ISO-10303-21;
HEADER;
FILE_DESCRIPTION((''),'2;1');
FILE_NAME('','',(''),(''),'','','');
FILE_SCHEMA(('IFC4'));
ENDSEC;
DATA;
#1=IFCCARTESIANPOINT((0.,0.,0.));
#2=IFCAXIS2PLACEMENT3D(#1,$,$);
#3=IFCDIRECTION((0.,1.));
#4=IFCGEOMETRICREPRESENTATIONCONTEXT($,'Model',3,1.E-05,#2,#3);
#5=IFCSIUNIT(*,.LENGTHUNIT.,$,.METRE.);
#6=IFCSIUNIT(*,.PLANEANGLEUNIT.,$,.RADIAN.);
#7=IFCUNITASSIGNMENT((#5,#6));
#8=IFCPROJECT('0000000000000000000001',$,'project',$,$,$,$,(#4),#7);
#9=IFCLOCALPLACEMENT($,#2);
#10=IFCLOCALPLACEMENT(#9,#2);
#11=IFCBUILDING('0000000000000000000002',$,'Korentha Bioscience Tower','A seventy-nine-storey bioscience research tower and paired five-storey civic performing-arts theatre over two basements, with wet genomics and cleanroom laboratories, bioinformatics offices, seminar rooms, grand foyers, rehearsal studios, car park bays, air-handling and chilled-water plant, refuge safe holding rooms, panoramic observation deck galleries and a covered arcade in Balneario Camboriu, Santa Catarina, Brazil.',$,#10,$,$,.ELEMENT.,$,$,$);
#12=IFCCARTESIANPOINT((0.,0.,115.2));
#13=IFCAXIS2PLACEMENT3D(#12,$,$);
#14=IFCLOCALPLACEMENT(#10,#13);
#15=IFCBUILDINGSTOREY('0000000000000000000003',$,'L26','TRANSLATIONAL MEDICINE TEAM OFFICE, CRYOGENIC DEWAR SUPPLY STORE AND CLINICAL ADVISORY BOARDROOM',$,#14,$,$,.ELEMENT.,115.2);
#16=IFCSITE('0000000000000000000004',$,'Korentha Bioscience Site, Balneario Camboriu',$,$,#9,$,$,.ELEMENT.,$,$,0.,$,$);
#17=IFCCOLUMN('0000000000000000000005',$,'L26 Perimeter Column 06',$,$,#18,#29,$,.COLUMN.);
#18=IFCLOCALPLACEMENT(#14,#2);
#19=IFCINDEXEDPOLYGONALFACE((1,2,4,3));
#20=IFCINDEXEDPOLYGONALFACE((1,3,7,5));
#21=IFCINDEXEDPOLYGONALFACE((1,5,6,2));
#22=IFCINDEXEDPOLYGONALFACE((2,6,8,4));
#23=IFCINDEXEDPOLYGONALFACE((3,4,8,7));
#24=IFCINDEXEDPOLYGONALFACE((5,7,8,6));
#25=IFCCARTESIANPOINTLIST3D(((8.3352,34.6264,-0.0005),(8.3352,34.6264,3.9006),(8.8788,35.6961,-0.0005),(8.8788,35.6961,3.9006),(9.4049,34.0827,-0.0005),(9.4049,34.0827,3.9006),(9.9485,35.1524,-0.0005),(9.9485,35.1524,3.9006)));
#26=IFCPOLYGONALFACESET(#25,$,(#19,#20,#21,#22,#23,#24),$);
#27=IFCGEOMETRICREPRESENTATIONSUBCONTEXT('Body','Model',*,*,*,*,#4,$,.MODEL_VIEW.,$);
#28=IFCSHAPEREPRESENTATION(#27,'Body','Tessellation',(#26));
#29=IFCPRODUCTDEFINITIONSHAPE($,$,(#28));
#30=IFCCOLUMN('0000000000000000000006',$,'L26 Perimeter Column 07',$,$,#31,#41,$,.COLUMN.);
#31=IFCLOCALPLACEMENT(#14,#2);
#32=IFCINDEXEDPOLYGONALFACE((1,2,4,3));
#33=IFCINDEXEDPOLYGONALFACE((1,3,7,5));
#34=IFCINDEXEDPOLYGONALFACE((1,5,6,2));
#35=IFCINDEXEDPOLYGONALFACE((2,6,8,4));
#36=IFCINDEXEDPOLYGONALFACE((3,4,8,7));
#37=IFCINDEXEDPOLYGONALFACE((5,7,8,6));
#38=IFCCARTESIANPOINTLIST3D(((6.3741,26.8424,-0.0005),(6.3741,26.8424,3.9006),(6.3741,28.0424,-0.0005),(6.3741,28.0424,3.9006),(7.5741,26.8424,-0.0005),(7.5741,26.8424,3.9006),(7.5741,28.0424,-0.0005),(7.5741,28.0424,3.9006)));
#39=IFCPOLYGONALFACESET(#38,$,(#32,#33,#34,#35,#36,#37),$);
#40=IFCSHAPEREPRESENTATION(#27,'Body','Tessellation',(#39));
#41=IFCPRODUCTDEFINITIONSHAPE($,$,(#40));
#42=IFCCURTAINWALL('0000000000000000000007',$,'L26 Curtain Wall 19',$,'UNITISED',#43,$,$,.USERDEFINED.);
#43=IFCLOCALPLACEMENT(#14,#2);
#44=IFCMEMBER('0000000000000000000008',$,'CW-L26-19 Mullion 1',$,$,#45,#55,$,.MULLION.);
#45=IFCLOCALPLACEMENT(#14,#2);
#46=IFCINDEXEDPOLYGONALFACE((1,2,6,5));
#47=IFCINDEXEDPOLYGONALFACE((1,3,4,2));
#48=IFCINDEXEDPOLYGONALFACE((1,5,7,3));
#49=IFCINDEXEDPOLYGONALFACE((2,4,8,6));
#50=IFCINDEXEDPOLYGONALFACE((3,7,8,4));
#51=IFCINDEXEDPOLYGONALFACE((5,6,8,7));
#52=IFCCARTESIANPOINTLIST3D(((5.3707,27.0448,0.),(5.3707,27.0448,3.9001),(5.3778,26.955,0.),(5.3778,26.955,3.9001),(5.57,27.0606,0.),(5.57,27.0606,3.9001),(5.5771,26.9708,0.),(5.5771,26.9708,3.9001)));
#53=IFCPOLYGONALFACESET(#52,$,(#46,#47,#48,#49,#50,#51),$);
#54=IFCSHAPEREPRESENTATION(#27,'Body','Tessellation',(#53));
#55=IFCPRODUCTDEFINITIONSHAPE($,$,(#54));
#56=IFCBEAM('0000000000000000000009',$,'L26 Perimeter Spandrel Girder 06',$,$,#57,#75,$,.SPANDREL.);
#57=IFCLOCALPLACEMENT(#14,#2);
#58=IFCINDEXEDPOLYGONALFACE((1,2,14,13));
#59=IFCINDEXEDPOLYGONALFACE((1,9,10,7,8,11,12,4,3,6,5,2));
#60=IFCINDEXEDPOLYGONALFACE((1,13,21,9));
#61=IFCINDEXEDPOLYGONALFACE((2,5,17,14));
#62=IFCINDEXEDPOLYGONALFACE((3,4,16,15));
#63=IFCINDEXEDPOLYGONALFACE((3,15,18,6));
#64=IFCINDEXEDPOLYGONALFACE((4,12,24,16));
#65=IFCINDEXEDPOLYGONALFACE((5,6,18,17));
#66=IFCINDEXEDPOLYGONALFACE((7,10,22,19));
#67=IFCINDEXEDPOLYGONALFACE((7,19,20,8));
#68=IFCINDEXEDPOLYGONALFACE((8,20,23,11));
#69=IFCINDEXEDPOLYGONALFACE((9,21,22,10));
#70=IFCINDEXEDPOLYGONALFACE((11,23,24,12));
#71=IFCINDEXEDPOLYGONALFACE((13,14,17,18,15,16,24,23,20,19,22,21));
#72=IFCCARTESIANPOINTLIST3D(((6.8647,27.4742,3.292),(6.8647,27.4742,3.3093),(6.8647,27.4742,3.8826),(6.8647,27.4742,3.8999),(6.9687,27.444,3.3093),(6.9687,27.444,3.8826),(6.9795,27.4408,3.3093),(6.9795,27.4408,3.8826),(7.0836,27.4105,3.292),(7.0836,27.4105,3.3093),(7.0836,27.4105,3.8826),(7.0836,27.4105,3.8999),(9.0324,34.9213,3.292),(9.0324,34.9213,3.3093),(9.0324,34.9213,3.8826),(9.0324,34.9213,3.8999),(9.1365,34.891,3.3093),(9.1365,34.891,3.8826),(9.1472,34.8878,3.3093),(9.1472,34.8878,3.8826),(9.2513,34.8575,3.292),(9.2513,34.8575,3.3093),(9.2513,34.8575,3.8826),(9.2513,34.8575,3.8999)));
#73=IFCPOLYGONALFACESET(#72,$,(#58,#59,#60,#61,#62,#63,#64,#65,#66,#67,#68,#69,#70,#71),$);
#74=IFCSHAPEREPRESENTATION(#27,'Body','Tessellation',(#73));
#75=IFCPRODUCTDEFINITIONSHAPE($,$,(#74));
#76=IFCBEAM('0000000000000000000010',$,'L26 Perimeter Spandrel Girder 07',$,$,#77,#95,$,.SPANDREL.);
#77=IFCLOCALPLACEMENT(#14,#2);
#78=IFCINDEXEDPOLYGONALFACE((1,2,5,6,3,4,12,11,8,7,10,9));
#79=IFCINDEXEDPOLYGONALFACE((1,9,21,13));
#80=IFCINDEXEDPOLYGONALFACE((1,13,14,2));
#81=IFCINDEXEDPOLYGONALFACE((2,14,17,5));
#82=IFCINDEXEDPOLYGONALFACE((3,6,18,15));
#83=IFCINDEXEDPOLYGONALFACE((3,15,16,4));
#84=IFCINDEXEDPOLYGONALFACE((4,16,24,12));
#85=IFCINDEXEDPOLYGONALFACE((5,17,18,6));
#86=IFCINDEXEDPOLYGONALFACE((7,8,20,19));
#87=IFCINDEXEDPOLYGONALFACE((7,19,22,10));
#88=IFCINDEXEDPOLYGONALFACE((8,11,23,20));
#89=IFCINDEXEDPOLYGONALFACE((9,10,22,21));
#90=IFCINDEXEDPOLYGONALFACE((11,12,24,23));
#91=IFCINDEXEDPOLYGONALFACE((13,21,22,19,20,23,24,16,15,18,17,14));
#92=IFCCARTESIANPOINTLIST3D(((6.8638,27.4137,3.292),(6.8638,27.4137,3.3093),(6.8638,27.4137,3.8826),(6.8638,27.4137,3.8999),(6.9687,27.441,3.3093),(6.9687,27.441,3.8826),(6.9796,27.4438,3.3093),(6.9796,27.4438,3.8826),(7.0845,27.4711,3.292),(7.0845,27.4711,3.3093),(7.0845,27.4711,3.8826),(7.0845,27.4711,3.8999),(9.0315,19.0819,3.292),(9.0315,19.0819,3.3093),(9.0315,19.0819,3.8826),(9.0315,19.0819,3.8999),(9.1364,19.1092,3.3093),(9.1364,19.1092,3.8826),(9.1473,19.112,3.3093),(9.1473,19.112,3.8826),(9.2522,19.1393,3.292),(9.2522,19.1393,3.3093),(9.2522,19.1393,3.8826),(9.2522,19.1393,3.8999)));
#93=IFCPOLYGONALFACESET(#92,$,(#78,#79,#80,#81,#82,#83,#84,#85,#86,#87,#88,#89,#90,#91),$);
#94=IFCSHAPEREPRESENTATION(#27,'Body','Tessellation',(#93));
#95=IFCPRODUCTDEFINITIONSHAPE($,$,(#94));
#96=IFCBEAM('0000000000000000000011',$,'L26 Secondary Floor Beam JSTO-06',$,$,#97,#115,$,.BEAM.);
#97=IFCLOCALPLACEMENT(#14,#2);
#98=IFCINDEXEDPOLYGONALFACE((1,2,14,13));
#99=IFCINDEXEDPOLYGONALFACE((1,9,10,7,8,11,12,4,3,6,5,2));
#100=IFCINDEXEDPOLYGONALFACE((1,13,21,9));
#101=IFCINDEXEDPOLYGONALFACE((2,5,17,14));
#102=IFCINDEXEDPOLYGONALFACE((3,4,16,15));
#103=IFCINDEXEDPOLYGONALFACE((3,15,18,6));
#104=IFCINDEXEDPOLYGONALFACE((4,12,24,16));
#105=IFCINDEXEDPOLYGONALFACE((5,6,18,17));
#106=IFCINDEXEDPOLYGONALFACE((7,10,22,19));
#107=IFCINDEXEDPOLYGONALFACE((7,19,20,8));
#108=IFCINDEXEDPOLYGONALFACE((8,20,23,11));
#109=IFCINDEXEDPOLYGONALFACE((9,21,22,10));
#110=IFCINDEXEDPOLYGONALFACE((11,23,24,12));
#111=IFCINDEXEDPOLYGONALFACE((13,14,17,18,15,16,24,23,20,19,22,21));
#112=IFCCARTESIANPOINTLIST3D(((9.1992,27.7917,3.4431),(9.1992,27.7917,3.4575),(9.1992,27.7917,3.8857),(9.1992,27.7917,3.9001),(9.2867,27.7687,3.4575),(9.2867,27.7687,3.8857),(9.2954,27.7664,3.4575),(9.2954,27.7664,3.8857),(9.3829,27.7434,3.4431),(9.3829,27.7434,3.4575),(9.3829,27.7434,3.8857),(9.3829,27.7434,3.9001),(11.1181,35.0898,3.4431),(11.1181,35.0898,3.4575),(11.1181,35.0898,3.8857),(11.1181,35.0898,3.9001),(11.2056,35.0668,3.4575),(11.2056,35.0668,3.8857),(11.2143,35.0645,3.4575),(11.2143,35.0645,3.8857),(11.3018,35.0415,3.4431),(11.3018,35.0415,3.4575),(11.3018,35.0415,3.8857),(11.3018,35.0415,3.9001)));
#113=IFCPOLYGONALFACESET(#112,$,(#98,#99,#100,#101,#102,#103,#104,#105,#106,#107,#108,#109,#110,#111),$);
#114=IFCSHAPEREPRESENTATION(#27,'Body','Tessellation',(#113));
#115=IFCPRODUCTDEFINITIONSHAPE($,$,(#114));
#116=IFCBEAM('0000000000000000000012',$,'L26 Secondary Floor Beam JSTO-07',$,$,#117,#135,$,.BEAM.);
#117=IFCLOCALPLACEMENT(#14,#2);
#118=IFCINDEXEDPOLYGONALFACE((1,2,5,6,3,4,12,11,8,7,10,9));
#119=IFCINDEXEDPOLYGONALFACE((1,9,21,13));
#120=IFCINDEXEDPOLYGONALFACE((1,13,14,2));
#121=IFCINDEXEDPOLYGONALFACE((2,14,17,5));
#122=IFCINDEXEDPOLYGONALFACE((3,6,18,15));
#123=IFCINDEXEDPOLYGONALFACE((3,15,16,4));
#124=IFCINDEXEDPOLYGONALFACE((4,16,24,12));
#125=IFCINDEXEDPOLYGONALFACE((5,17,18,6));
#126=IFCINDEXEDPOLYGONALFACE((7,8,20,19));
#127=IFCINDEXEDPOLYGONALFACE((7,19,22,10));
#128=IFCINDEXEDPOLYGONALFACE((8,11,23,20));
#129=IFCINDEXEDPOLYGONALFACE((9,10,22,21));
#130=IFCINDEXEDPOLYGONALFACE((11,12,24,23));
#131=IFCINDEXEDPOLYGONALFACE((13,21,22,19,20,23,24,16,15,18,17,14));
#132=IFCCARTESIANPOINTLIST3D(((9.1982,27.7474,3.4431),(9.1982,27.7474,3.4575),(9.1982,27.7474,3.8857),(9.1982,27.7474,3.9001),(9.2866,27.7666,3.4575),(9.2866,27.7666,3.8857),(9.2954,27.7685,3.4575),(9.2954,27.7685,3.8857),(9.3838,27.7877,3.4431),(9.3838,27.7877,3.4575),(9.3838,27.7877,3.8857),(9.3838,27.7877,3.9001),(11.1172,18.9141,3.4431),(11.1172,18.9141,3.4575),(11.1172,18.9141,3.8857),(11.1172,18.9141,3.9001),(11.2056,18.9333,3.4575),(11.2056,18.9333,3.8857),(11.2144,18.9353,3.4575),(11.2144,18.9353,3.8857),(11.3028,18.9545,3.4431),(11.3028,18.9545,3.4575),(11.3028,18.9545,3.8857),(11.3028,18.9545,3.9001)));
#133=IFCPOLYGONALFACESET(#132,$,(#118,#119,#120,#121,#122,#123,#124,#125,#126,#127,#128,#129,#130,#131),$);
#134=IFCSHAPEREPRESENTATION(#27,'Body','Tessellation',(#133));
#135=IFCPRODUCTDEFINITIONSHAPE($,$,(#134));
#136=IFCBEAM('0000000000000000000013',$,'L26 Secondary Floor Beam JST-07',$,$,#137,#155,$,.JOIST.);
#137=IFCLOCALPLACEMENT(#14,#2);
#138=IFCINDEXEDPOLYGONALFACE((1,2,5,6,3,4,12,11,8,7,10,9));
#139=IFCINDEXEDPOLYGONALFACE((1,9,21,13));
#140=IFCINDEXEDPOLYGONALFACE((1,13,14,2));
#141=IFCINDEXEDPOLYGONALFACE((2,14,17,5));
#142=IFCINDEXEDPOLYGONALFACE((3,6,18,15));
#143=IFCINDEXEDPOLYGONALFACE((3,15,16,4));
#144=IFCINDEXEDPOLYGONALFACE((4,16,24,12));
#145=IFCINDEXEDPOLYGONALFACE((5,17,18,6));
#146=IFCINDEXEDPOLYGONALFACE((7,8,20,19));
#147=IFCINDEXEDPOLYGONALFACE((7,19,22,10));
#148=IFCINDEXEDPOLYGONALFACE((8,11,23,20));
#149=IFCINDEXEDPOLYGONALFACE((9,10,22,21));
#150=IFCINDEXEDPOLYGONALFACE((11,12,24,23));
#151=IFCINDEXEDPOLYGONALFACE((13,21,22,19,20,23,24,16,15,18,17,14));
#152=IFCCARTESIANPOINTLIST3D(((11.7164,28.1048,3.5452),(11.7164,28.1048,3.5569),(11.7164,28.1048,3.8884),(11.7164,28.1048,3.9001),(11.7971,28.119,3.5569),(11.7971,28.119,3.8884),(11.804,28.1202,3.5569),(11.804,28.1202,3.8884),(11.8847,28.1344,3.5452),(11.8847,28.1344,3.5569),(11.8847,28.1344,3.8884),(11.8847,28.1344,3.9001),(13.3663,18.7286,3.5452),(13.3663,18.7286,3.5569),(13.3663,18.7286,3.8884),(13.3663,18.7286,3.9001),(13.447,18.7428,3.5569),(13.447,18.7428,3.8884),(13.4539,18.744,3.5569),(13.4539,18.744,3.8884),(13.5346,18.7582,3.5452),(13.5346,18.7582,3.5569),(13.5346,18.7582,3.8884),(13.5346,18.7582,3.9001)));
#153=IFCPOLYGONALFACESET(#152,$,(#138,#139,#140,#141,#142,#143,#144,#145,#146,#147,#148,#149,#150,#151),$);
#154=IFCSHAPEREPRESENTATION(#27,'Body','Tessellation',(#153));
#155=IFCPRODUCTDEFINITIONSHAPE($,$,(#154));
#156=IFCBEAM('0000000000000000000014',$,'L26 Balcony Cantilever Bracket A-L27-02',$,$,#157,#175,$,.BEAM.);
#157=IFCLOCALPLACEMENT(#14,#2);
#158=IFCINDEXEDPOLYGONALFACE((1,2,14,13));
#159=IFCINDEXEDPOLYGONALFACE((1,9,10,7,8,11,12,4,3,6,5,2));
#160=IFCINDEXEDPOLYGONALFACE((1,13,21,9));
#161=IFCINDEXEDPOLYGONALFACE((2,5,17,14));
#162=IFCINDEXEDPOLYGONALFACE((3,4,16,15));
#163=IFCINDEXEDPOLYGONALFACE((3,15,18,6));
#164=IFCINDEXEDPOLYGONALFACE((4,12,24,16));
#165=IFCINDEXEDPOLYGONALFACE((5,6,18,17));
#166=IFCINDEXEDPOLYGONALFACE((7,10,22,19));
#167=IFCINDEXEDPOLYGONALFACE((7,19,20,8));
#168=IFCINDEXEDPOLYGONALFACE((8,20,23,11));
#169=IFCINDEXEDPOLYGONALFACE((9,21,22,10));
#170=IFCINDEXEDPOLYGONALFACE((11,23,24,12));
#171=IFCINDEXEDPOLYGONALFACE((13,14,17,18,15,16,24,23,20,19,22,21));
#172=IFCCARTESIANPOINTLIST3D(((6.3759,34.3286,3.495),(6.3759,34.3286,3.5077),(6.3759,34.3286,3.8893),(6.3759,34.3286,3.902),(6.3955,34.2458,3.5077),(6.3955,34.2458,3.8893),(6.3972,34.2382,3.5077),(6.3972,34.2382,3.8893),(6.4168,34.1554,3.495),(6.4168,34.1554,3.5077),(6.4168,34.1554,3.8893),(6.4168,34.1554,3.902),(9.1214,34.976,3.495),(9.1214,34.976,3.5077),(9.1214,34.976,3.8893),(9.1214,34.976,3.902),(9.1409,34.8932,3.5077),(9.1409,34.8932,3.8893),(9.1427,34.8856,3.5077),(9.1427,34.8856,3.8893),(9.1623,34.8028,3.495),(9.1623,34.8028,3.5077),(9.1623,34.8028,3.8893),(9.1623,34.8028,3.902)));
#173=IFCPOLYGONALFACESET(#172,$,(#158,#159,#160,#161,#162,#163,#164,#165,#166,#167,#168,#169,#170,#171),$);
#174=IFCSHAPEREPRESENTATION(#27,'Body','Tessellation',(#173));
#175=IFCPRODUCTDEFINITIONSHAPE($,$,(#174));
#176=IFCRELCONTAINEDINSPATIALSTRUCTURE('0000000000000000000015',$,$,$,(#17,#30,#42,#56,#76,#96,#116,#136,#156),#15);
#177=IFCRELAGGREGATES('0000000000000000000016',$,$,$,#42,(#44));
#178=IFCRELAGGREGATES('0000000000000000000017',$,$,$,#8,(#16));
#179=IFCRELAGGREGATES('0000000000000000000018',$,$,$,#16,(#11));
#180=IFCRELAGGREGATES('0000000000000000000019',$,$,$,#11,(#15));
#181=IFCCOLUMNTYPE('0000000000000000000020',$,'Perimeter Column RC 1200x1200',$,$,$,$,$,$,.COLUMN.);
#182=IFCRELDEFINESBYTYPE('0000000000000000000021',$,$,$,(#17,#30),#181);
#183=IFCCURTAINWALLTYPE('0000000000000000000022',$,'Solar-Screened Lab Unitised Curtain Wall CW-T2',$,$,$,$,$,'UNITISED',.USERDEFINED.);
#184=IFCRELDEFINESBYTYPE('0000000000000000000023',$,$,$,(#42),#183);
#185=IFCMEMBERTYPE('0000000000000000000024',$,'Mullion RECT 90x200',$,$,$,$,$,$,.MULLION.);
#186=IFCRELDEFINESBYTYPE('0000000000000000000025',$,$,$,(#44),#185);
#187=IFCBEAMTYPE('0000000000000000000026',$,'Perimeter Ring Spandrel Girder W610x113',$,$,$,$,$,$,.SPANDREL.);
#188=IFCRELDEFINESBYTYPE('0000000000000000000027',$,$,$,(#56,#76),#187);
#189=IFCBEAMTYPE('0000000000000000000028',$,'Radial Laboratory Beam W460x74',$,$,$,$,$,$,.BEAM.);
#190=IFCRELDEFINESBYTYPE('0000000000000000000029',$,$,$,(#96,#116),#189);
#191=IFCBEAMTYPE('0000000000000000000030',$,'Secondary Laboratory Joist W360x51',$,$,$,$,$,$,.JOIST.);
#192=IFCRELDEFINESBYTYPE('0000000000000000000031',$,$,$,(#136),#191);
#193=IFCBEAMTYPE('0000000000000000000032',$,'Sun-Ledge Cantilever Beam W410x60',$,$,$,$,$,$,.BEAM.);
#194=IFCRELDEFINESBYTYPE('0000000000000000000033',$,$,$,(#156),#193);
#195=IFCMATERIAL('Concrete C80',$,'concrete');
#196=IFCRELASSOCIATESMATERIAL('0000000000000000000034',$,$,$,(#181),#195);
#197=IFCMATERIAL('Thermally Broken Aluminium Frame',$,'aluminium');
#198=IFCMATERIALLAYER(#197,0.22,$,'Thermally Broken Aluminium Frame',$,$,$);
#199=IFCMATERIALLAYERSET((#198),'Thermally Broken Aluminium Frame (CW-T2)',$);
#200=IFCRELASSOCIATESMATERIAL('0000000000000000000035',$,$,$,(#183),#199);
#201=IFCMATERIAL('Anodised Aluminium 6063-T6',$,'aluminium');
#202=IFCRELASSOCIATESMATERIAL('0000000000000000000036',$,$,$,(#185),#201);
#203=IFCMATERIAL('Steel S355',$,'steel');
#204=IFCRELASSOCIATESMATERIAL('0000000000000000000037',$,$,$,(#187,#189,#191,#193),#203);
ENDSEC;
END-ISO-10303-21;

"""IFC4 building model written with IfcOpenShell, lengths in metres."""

from ifc_helpers import new_model, si_unit, direction, frame, origin, origin_2d, place, context, subcontext, project, spatial, rectangle, i_section, extrude, material, layer, layer_set, material_profile, profile_set, type_object, element, aggregate, save


model = new_model("IFC4")

# Units and contexts
model_context = context("Model", 3, precision=1e-05, world=origin(), true_north=direction((0.0, 1.0)))
body_context = subcontext(model_context, "Body", "Model", "MODEL_VIEW")
ifc_project = project(units=[si_unit("LENGTHUNIT", "METRE"), si_unit("PLANEANGLEUNIT", "RADIAN")], contexts=[model_context])

# Site, building, storey
site_placement = place(None, origin())
site = spatial("IfcSite", under=ifc_project, at=site_placement, Name="Korentha Bioscience Site, Balneario Camboriu", CompositionType="ELEMENT", RefElevation=0.0)
building_placement = place(site_placement, origin())
building = spatial("IfcBuilding", under=site, at=building_placement, Name="Korentha Bioscience Tower", Description="A seventy-nine-storey bioscience research tower and paired five-storey civic performing-arts theatre over two basements, with wet genomics and cleanroom laboratories, bioinformatics offices, seminar rooms, grand foyers, rehearsal studios, car park bays, air-handling and chilled-water plant, refuge safe holding rooms, panoramic observation deck galleries and a covered arcade in Balneario Camboriu, Santa Catarina, Brazil.", CompositionType="ELEMENT")
storey_placement = place(building_placement, frame((0.0, 0.0, 115.2)))
storey = spatial("IfcBuildingStorey", under=building, at=storey_placement, Name="L26", Description="TRANSLATIONAL MEDICINE TEAM OFFICE, CRYOGENIC DEWAR SUPPLY STORE AND CLINICAL ADVISORY BOARDROOM", CompositionType="ELEMENT", Elevation=115.2)

# Columns
ifc_material_1 = material(Name="Concrete C80", Category="concrete")
ifc_material_profile_1 = material_profile(ifc_material_1, rectangle(XDim=1.2, YDim=1.2, at=origin_2d()), Name="Concrete C80")
ifc_profile_set_1 = profile_set([ifc_material_profile_1], Name="Concrete C80 (COL-P12)")
column_type = type_object("IfcColumnType", Name="Perimeter Column RC 1200x1200", PredefinedType="COLUMN", material=ifc_profile_set_1)
for number, where, z_axis, x_axis, name in (
    (1, (9.1418, 34.8894, -0.0005), (0.0, 0.0, 1.0), (0.453057, 0.891481, 0.0), "L26 Perimeter Column 06"),
    (2, (6.9741, 27.4424, -0.0005), (0.0, 0.0, 1.0), (0.0, 1.0, 0.0), "L26 Perimeter Column 07"),
):
    element("IfcColumn", number, at=place(storey_placement, frame(where, z_axis=z_axis, x_axis=x_axis)), inside=storey, type_object=column_type, Name=name, PredefinedType="COLUMN", context=body_context, shape_type="SweptSolid", body=[
        extrude(rectangle(XDim=1.2, YDim=1.2, at=origin_2d()), origin(), (0.0, 0.0, 1.0), 3.9011),
    ])

# Curtain wall, member
ifc_material_2 = material(Name="Thermally Broken Aluminium Frame", Category="aluminium")
ifc_layer_1 = layer(ifc_material_2, 0.22, Name="Thermally Broken Aluminium Frame")
ifc_layer_set_1 = layer_set([ifc_layer_1], Name="Thermally Broken Aluminium Frame (CW-T2)")
curtain_wall_type = type_object("IfcCurtainWallType", Name="Solar-Screened Lab Unitised Curtain Wall CW-T2", ElementType="UNITISED", PredefinedType="USERDEFINED", material=ifc_layer_set_1)
curtain_wall_placement = place(storey_placement, origin())
curtain_wall = element("IfcCurtainWall", 3, at=curtain_wall_placement, inside=storey, type_object=curtain_wall_type, Name="L26 Curtain Wall 19", ObjectType="UNITISED", PredefinedType="USERDEFINED")
ifc_material_3 = material(Name="Anodised Aluminium 6063-T6", Category="aluminium")
ifc_material_profile_2 = material_profile(ifc_material_3, rectangle(XDim=0.0901, YDim=0.2, at=origin_2d()), Name="Anodised Aluminium 6063-T6")
ifc_profile_set_2 = profile_set([ifc_material_profile_2], Name="Anodised Aluminium 6063-T6 (CW-MUL)")
member_type_1 = type_object("IfcMemberType", Name="Mullion RECT 90x200", PredefinedType="MULLION", material=ifc_profile_set_2)
member_1_placement = place(storey_placement, frame((5.4739, 27.0078, 0.0), z_axis=(0.0, 0.0, 1.0), x_axis=(0.07913, -0.996864, 0.0)))
member_1 = element("IfcMember", 4, at=member_1_placement, type_object=member_type_1, Name="CW-L26-19 Mullion 1", PredefinedType="MULLION", context=body_context, shape_type="SweptSolid", body=[
    extrude(rectangle(XDim=0.0901, YDim=0.2, at=origin_2d()), origin(), (0.0, 0.0, 1.0), 3.9001),
])

# Beams
ifc_material_4 = material(Name="Steel S355", Category="steel")
ifc_material_profile_3 = material_profile(ifc_material_4, i_section(OverallWidth=0.228, OverallDepth=0.6079, WebThickness=0.0112, FlangeThickness=0.0173, at=origin_2d()), Name="Steel S355")
ifc_profile_set_3 = profile_set([ifc_material_profile_3], Name="Steel S355 (SB-610)")
beam_type_1 = type_object("IfcBeamType", Name="Perimeter Ring Spandrel Girder W610x113", PredefinedType="SPANDREL", material=ifc_profile_set_3)
beam_1_placement = place(storey_placement, frame((9.1418, 34.8894, 3.5959), z_axis=(-0.279486, -0.96015, 0.0), x_axis=(0.96015, -0.279486, 0.0)))
element("IfcBeam", 5, at=beam_1_placement, inside=storey, type_object=beam_type_1, Name="L26 Perimeter Spandrel Girder 06", PredefinedType="SPANDREL", context=body_context, shape_type="SweptSolid", body=[
    extrude(i_section(OverallWidth=0.228, OverallDepth=0.6079, WebThickness=0.0112, FlangeThickness=0.0173, at=origin_2d()), origin(), (0.0, 0.0, 1.0), 7.7561),
])
beam_2_placement = place(storey_placement, frame((6.9741, 27.4424, 3.5959), z_axis=(0.251793, -0.967781, 0.0), x_axis=(0.967781, 0.251793, 0.0)))
element("IfcBeam", 6, at=beam_2_placement, inside=storey, type_object=beam_type_1, Name="L26 Perimeter Spandrel Girder 07", PredefinedType="SPANDREL", context=body_context, shape_type="SweptSolid", body=[
    extrude(i_section(OverallWidth=0.228, OverallDepth=0.6079, WebThickness=0.0112, FlangeThickness=0.0173, at=origin_2d()), origin(), (0.0, 0.0, 1.0), 8.6091),
])
ifc_material_profile_4 = material_profile(ifc_material_4, i_section(OverallWidth=0.1899, OverallDepth=0.457, WebThickness=0.009, FlangeThickness=0.0144, at=origin_2d()), Name="Steel S355")
ifc_profile_set_4 = profile_set([ifc_material_profile_4], Name="Steel S355 (RB-460)")
beam_type_2 = type_object("IfcBeamType", Name="Radial Laboratory Beam W460x74", PredefinedType="BEAM", material=ifc_profile_set_4)
beam_3_placement = place(storey_placement, frame((11.21, 35.0657, 3.6716), z_axis=(-0.254294, -0.967127, 0.0), x_axis=(0.967127, -0.254294, 0.0)))
element("IfcBeam", 7, at=beam_3_placement, inside=storey, type_object=beam_type_2, Name="L26 Secondary Floor Beam JSTO-06", PredefinedType="BEAM", context=body_context, shape_type="SweptSolid", body=[
    extrude(i_section(OverallWidth=0.1899, OverallDepth=0.457, WebThickness=0.009, FlangeThickness=0.0144, at=origin_2d()), origin(), (0.0, 0.0, 1.0), 7.5461),
])
beam_4_placement = place(storey_placement, frame((9.291, 27.7676, 3.6716), z_axis=(0.212289, -0.977207, 0.0), x_axis=(0.977207, 0.212289, 0.0)))
element("IfcBeam", 8, at=beam_4_placement, inside=storey, type_object=beam_type_2, Name="L26 Secondary Floor Beam JSTO-07", PredefinedType="BEAM", context=body_context, shape_type="SweptSolid", body=[
    extrude(i_section(OverallWidth=0.1899, OverallDepth=0.457, WebThickness=0.009, FlangeThickness=0.0144, at=origin_2d()), origin(), (0.0, 0.0, 1.0), 9.0393),
])
ifc_material_profile_5 = material_profile(ifc_material_4, i_section(OverallWidth=0.1709, OverallDepth=0.355, WebThickness=0.0071, FlangeThickness=0.0117, at=origin_2d()), Name="Steel S355")
ifc_profile_set_5 = profile_set([ifc_material_profile_5], Name="Steel S355 (JB-360)")
beam_type_3 = type_object("IfcBeamType", Name="Secondary Laboratory Joist W360x51", PredefinedType="JOIST", material=ifc_profile_set_5)
beam_5_placement = place(storey_placement, frame((11.8005, 28.1196, 3.7227), z_axis=(0.173304, -0.984868, 0.0), x_axis=(0.984868, 0.173304, 0.0)))
element("IfcBeam", 9, at=beam_5_placement, inside=storey, type_object=beam_type_3, Name="L26 Secondary Floor Beam JST-07", PredefinedType="JOIST", context=body_context, shape_type="SweptSolid", body=[
    extrude(i_section(OverallWidth=0.1709, OverallDepth=0.355, WebThickness=0.0071, FlangeThickness=0.0117, at=origin_2d()), origin(), (0.0, 0.0, 1.0), 9.5203),
])
ifc_material_profile_6 = material_profile(ifc_material_4, i_section(OverallWidth=0.178, OverallDepth=0.407, WebThickness=0.0078, FlangeThickness=0.0127, at=origin_2d()), Name="Steel S355")
ifc_profile_set_6 = profile_set([ifc_material_profile_6], Name="Steel S355 (CB-410)")
beam_type_4 = type_object("IfcBeamType", Name="Sun-Ledge Cantilever Beam W410x60", PredefinedType="BEAM", material=ifc_profile_set_6)
beam_6_placement = place(storey_placement, frame((9.1418, 34.8894, 3.6985), z_axis=(-0.973304, -0.229522, 0.0), x_axis=(0.229522, -0.973304, 0.0)))
element("IfcBeam", 10, at=beam_6_placement, inside=storey, type_object=beam_type_4, Name="L26 Balcony Cantilever Bracket A-L27-02", PredefinedType="BEAM", context=body_context, shape_type="SweptSolid", body=[
    extrude(i_section(OverallWidth=0.178, OverallDepth=0.407, WebThickness=0.0078, FlangeThickness=0.0127, at=origin_2d()), origin(), (0.0, 0.0, 1.0), 2.8208),
])

aggregate(curtain_wall, [member_1])

save(model, "model.ifc")
